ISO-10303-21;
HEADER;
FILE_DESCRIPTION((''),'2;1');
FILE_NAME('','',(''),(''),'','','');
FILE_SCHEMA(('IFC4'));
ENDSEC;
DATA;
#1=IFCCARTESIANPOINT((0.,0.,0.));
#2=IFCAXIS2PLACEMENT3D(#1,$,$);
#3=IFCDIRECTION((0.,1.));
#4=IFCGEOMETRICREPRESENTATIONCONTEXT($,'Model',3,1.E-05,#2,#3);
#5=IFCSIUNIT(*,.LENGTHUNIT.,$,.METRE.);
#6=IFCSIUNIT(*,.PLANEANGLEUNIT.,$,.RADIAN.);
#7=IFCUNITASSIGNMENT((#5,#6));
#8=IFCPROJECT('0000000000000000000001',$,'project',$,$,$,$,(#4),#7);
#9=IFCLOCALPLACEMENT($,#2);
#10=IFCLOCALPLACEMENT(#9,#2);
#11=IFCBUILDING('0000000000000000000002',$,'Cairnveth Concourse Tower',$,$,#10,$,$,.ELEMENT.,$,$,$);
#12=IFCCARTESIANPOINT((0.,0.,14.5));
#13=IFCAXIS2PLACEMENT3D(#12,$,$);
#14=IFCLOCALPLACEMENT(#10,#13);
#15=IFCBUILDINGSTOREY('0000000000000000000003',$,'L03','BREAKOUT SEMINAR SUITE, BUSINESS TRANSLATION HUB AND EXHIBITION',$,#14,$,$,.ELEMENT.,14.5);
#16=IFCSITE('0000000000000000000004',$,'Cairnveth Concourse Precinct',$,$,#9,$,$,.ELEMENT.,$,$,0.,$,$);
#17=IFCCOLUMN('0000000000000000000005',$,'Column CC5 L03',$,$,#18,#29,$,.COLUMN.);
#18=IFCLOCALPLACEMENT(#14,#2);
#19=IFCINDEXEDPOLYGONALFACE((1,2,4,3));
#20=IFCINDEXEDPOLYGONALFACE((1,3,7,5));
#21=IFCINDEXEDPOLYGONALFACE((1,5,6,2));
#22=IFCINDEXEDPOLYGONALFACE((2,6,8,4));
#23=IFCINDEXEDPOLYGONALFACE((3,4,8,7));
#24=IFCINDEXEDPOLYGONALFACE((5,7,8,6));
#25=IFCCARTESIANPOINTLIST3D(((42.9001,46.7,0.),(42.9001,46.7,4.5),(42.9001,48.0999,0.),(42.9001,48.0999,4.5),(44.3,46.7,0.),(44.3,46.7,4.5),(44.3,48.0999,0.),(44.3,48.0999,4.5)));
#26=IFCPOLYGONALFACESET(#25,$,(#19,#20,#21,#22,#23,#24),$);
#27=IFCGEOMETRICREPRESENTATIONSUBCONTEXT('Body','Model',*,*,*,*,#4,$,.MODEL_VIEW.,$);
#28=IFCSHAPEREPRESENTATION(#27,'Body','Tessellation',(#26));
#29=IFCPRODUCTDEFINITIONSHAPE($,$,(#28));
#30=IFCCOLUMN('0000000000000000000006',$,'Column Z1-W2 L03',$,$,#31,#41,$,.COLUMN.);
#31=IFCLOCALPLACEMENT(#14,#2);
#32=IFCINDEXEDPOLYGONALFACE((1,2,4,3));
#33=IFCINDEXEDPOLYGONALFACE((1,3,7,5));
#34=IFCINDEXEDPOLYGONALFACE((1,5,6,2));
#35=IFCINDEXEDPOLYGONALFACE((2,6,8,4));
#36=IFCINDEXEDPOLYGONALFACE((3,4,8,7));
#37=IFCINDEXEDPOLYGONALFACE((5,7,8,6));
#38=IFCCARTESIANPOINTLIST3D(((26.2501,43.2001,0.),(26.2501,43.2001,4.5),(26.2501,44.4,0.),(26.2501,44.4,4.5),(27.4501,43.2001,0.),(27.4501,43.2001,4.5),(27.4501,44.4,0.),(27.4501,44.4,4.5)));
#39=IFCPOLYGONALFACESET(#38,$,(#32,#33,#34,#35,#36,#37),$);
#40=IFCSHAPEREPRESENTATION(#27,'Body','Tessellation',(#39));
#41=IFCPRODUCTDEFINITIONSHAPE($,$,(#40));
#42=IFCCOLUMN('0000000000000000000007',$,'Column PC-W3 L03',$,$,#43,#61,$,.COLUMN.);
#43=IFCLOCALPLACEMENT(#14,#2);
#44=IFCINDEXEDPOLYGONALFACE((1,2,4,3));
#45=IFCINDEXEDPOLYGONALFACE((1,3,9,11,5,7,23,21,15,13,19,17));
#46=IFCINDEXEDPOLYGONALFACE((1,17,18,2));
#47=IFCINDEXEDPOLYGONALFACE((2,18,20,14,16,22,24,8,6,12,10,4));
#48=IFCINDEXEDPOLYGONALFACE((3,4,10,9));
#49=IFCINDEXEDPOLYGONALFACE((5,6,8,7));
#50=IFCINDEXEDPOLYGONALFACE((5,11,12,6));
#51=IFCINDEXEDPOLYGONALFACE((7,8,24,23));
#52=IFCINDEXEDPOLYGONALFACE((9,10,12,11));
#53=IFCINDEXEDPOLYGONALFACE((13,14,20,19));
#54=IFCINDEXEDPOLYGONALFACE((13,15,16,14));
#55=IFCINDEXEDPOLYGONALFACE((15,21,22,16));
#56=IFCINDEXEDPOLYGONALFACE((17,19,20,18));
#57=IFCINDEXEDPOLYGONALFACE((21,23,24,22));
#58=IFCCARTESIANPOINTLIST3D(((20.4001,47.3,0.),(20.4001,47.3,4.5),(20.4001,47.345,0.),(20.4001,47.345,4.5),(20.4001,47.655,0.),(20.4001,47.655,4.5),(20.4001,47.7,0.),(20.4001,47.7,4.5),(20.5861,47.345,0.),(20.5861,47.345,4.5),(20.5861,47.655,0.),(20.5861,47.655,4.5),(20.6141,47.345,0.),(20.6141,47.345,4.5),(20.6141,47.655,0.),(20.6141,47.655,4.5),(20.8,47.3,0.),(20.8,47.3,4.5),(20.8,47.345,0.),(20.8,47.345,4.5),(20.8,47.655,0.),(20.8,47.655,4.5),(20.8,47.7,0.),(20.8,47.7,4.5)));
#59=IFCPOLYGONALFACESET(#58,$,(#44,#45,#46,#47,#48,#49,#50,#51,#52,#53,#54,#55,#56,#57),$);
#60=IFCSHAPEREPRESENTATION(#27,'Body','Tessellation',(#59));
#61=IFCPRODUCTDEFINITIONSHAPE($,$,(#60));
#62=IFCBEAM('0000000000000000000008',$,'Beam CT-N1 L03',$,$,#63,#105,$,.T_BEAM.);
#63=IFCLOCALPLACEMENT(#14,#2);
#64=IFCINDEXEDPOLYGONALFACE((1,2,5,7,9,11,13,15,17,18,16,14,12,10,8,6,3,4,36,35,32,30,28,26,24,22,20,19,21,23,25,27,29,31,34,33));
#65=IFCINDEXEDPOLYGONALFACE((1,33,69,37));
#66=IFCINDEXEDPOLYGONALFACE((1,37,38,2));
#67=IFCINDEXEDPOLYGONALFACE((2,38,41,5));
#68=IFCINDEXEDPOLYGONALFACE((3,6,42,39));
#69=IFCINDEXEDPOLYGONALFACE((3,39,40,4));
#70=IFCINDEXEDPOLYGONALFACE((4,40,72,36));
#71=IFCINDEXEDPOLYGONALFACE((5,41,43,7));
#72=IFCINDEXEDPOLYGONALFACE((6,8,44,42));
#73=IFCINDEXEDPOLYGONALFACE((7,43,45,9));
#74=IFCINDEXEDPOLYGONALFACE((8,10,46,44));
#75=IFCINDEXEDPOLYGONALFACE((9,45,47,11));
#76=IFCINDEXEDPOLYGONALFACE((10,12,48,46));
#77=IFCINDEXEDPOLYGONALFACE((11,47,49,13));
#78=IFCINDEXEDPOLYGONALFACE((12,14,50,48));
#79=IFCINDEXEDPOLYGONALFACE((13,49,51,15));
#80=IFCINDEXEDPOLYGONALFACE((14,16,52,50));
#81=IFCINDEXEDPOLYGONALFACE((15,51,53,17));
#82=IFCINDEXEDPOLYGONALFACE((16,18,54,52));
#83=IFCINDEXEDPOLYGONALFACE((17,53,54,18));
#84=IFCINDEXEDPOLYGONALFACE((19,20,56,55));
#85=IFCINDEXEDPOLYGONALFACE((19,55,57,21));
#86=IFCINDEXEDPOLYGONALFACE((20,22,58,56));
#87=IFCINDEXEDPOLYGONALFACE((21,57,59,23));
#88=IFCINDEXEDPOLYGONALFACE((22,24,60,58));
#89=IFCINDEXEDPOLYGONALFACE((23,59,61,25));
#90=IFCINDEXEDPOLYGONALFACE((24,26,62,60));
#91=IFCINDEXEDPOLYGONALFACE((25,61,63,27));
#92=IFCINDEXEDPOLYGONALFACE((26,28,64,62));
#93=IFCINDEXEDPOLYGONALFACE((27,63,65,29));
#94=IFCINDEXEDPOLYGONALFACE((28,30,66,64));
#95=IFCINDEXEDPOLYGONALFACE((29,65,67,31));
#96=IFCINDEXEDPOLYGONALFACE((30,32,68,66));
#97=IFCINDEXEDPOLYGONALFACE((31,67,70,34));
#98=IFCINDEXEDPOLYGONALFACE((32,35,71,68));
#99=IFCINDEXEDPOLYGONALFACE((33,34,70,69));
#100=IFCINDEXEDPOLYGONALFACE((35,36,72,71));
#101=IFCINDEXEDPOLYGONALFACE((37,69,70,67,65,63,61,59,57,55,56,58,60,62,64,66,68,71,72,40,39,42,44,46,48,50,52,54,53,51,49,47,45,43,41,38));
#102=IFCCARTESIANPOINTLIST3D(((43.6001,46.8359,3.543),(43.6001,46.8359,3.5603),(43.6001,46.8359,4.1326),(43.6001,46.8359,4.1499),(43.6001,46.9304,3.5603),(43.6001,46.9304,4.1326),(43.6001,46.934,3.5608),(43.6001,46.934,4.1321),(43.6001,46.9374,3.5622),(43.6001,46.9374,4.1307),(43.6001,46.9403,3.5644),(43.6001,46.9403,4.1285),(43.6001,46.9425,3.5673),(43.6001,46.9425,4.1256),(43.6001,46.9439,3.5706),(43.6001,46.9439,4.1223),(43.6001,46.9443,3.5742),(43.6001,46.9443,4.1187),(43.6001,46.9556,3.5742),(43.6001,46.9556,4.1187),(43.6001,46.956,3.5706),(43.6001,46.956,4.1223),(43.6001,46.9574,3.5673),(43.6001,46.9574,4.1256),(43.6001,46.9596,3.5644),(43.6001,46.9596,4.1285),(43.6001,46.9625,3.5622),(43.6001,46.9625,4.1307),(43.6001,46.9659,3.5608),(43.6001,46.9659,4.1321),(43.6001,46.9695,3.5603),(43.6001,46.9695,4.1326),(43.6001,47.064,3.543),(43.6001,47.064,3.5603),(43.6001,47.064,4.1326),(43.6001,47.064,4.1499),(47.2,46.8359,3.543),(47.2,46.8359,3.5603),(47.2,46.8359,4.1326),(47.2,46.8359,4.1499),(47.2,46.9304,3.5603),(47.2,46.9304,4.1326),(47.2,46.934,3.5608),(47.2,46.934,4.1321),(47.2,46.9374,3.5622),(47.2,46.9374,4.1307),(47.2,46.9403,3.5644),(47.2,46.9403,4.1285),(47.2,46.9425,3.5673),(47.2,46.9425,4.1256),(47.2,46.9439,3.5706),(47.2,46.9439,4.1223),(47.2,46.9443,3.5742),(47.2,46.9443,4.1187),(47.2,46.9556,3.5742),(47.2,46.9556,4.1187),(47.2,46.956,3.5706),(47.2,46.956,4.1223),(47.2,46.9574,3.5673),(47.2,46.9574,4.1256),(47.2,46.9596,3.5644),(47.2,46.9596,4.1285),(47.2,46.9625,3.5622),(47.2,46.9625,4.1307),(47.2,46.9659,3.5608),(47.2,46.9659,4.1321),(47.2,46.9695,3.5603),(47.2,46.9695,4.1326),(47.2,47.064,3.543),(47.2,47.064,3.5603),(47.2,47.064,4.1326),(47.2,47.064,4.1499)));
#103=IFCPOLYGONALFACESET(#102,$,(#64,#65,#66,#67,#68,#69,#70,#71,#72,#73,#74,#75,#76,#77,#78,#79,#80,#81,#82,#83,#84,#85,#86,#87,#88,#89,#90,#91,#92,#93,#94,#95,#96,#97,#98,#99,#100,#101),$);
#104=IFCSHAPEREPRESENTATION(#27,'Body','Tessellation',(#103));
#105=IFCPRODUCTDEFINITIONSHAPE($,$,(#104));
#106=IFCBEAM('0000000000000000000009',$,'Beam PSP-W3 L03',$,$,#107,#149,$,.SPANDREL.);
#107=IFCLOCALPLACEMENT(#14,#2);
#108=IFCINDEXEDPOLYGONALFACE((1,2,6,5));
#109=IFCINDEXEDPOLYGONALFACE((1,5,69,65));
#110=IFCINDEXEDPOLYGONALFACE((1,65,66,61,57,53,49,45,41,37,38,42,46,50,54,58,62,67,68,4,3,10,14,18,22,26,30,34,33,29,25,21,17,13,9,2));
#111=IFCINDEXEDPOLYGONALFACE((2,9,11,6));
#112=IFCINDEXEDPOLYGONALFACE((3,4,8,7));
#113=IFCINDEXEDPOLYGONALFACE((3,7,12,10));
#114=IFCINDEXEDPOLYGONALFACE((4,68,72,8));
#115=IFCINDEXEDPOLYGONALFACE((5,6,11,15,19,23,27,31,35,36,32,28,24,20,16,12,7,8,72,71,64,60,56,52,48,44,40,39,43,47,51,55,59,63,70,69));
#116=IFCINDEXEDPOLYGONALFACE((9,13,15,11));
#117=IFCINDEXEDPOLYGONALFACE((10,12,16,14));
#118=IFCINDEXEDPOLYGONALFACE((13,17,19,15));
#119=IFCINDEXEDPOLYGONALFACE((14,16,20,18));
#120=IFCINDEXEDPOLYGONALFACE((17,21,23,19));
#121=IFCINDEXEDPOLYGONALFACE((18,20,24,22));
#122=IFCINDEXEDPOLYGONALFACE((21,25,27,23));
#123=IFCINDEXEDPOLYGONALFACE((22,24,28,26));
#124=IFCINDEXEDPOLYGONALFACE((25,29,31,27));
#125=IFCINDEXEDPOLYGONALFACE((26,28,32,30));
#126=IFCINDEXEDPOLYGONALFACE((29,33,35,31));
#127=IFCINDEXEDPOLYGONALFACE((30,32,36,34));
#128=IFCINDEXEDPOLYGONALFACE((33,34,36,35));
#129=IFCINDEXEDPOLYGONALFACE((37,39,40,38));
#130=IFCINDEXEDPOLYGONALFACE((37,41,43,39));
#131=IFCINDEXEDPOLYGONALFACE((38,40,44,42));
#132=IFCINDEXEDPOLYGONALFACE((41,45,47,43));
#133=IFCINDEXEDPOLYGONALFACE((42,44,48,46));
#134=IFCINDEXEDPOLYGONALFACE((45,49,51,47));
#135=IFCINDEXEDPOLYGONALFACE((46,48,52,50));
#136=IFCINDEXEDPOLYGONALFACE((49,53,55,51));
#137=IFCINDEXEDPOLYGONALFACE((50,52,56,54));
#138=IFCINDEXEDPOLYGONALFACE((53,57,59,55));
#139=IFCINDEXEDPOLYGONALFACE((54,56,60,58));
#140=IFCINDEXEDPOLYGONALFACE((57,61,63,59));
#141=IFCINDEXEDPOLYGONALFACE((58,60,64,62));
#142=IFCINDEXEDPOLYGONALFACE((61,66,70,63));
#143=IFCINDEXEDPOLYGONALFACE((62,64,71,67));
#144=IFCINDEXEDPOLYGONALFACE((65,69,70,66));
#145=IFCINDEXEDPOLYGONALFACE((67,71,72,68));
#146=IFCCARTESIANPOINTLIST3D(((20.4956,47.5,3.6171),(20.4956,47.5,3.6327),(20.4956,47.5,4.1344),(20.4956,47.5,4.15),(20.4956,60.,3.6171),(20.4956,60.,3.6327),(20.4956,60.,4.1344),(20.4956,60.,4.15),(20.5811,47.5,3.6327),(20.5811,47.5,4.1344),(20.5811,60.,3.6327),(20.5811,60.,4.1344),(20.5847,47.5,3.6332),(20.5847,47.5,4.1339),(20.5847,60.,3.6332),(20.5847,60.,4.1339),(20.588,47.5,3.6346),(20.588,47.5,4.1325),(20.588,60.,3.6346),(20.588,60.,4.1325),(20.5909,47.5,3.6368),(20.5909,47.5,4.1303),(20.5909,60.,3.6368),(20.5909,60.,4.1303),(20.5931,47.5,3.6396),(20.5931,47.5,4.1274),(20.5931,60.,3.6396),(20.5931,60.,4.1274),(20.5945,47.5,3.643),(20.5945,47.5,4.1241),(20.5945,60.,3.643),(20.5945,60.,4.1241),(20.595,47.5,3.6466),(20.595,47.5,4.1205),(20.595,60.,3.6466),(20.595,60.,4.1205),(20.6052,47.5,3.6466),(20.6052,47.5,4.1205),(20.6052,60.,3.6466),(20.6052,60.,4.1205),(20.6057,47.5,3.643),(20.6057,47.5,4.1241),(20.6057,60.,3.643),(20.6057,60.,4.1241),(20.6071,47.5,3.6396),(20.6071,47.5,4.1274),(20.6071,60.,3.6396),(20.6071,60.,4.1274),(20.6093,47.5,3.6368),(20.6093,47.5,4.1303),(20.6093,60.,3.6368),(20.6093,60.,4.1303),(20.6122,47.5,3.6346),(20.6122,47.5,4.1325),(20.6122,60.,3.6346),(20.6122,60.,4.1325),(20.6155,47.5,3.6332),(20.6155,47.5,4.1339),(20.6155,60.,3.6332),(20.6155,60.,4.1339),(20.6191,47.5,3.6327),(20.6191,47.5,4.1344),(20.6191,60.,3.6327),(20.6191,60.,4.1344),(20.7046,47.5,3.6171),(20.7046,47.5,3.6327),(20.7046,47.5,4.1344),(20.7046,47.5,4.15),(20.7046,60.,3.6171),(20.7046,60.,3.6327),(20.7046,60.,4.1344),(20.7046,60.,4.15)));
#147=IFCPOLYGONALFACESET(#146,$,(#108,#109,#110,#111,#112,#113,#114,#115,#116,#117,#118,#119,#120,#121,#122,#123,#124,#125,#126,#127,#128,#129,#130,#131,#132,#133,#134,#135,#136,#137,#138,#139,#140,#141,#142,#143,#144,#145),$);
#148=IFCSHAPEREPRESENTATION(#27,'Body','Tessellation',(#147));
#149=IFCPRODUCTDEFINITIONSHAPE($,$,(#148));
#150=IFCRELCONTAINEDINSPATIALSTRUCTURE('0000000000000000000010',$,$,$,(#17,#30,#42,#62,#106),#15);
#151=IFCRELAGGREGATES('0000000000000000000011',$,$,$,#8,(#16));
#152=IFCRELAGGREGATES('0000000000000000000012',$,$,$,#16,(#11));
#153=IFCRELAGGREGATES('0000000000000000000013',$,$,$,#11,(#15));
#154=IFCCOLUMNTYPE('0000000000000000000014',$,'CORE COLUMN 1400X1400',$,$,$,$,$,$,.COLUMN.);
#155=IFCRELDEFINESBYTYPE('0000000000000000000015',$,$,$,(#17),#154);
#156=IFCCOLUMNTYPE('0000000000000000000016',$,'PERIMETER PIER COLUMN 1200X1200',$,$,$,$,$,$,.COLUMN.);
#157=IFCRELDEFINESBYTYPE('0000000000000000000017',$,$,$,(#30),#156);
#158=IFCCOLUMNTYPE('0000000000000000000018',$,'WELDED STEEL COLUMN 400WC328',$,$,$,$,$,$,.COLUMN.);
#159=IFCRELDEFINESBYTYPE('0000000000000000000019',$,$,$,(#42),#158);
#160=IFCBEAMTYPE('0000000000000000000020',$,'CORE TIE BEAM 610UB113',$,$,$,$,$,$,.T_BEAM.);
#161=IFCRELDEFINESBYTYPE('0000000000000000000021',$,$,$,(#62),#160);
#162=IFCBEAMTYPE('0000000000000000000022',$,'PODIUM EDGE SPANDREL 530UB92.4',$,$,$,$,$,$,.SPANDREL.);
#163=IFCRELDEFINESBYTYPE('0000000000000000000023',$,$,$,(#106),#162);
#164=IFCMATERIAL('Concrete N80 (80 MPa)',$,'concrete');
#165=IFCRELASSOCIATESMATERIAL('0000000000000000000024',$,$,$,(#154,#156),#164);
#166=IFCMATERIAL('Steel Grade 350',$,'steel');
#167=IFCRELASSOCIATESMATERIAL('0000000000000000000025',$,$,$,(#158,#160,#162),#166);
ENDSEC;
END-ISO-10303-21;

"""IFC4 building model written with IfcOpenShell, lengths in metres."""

from ifc_helpers import new_model, si_unit, direction, frame, origin, origin_2d, place, context, subcontext, project, spatial, rectangle, i_section, extrude, material, material_profile, profile_set, type_object, element, save


model = new_model("IFC4")

# Units and contexts
model_context = context("Model", 3, precision=1e-05, world=origin(), true_north=direction((0.0, 1.0)))
body_context = subcontext(model_context, "Body", "Model", "MODEL_VIEW")
ifc_project = project(units=[si_unit("LENGTHUNIT", "METRE"), si_unit("PLANEANGLEUNIT", "RADIAN")], contexts=[model_context])

# Site, building, storey
site_placement = place(None, origin())
site = spatial("IfcSite", under=ifc_project, at=site_placement, Name="Cairnveth Concourse Precinct", CompositionType="ELEMENT", RefElevation=0.0)
building_placement = place(site_placement, origin())
building = spatial("IfcBuilding", under=site, at=building_placement, Name="Cairnveth Concourse Tower", CompositionType="ELEMENT")
storey_placement = place(building_placement, frame((0.0, 0.0, 14.5)))
storey = spatial("IfcBuildingStorey", under=building, at=storey_placement, Name="L03", Description="BREAKOUT SEMINAR SUITE, BUSINESS TRANSLATION HUB AND EXHIBITION", CompositionType="ELEMENT", Elevation=14.5)

# Columns
ifc_material_1 = material(Name="Concrete N80 (80 MPa)", Category="concrete")
ifc_material_profile_1 = material_profile(ifc_material_1, rectangle(XDim=1.3999, YDim=1.3999, at=origin_2d()), Name="RC-COL-1400x1400")
ifc_profile_set_1 = profile_set([ifc_material_profile_1], Name="Concrete N80 (80 MPa)")
column_type_1 = type_object("IfcColumnType", Name="CORE COLUMN 1400X1400", PredefinedType="COLUMN", material=ifc_profile_set_1)
column_1_placement = place(storey_placement, frame((43.6001, 47.3999, 0.0), z_axis=(0.0, 0.0, 1.0), x_axis=(1.0, 0.0, 0.0)))
element("IfcColumn", 1, at=column_1_placement, inside=storey, type_object=column_type_1, Name="Column CC5 L03", PredefinedType="COLUMN", context=body_context, shape_type="SweptSolid", body=[
    extrude(rectangle(XDim=1.3999, YDim=1.3999, at=origin_2d()), origin(), (0.0, 0.0, 1.0), 4.5),
])
ifc_material_profile_2 = material_profile(ifc_material_1, rectangle(XDim=1.2, YDim=1.2, at=origin_2d()), Name="RC-COL-1200x1200")
ifc_profile_set_2 = profile_set([ifc_material_profile_2], Name="Concrete N80 (80 MPa)")
column_type_2 = type_object("IfcColumnType", Name="PERIMETER PIER COLUMN 1200X1200", PredefinedType="COLUMN", material=ifc_profile_set_2)
column_2_placement = place(storey_placement, frame((26.8501, 43.8, 0.0), z_axis=(0.0, 0.0, 1.0), x_axis=(1.0, 0.0, 0.0)))
element("IfcColumn", 2, at=column_2_placement, inside=storey, type_object=column_type_2, Name="Column Z1-W2 L03", PredefinedType="COLUMN", context=body_context, shape_type="SweptSolid", body=[
    extrude(rectangle(XDim=1.2, YDim=1.2, at=origin_2d()), origin(), (0.0, 0.0, 1.0), 4.5),
])
ifc_material_2 = material(Name="Steel Grade 350", Category="steel")
ifc_material_profile_3 = material_profile(ifc_material_2, i_section(OverallWidth=0.3999, OverallDepth=0.3999, WebThickness=0.0281, FlangeThickness=0.0449, at=origin_2d()), Name="400WC328")
ifc_profile_set_3 = profile_set([ifc_material_profile_3], Name="Steel Grade 350")
column_type_3 = type_object("IfcColumnType", Name="WELDED STEEL COLUMN 400WC328", PredefinedType="COLUMN", material=ifc_profile_set_3)
column_3_placement = place(storey_placement, frame((20.6001, 47.5, 0.0), z_axis=(0.0, 0.0, 1.0), x_axis=(1.0, 0.0, 0.0)))
element("IfcColumn", 3, at=column_3_placement, inside=storey, type_object=column_type_3, Name="Column PC-W3 L03", PredefinedType="COLUMN", context=body_context, shape_type="SweptSolid", body=[
    extrude(i_section(OverallWidth=0.3999, OverallDepth=0.3999, WebThickness=0.0281, FlangeThickness=0.0449, at=origin_2d()), origin(), (0.0, 0.0, 1.0), 4.5),
])

# Beams
ifc_material_profile_4 = material_profile(ifc_material_2, i_section(OverallWidth=0.228, OverallDepth=0.6069, WebThickness=0.0112, FlangeThickness=0.0173, FilletRadius=0.0139, at=origin_2d()), Name="610UB113")
ifc_profile_set_4 = profile_set([ifc_material_profile_4], Name="Steel Grade 350")
beam_type_1 = type_object("IfcBeamType", Name="CORE TIE BEAM 610UB113", PredefinedType="T_BEAM", material=ifc_profile_set_4)
beam_1_placement = place(storey_placement, frame((43.6001, 46.95, 3.8464), z_axis=(1.0, 0.0, 0.0), x_axis=(0.0, 1.0, 0.0)))
element("IfcBeam", 4, at=beam_1_placement, inside=storey, type_object=beam_type_1, Name="Beam CT-N1 L03", PredefinedType="T_BEAM", context=body_context, shape_type="SweptSolid", body=[
    extrude(i_section(OverallWidth=0.228, OverallDepth=0.6069, WebThickness=0.0112, FlangeThickness=0.0173, FilletRadius=0.0139, at=origin_2d()), origin(), (0.0, 0.0, 1.0), 3.5999),
])
ifc_material_profile_5 = material_profile(ifc_material_2, i_section(OverallWidth=0.209, OverallDepth=0.533, WebThickness=0.0103, FlangeThickness=0.0156, FilletRadius=0.0139, at=origin_2d()), Name="530UB92.4")
ifc_profile_set_5 = profile_set([ifc_material_profile_5], Name="Steel Grade 350")
beam_type_2 = type_object("IfcBeamType", Name="PODIUM EDGE SPANDREL 530UB92.4", PredefinedType="SPANDREL", material=ifc_profile_set_5)
beam_2_placement = place(storey_placement, frame((20.6001, 47.5, 3.8835), z_axis=(0.0, 1.0, 0.0), x_axis=(-1.0, 0.0, 0.0)))
element("IfcBeam", 5, at=beam_2_placement, inside=storey, type_object=beam_type_2, Name="Beam PSP-W3 L03", PredefinedType="SPANDREL", context=body_context, shape_type="SweptSolid", body=[
    extrude(i_section(OverallWidth=0.209, OverallDepth=0.533, WebThickness=0.0103, FlangeThickness=0.0156, FilletRadius=0.0139, at=origin_2d()), origin(), (0.0, 0.0, 1.0), 12.5),
])

save(model, "model.ifc")
